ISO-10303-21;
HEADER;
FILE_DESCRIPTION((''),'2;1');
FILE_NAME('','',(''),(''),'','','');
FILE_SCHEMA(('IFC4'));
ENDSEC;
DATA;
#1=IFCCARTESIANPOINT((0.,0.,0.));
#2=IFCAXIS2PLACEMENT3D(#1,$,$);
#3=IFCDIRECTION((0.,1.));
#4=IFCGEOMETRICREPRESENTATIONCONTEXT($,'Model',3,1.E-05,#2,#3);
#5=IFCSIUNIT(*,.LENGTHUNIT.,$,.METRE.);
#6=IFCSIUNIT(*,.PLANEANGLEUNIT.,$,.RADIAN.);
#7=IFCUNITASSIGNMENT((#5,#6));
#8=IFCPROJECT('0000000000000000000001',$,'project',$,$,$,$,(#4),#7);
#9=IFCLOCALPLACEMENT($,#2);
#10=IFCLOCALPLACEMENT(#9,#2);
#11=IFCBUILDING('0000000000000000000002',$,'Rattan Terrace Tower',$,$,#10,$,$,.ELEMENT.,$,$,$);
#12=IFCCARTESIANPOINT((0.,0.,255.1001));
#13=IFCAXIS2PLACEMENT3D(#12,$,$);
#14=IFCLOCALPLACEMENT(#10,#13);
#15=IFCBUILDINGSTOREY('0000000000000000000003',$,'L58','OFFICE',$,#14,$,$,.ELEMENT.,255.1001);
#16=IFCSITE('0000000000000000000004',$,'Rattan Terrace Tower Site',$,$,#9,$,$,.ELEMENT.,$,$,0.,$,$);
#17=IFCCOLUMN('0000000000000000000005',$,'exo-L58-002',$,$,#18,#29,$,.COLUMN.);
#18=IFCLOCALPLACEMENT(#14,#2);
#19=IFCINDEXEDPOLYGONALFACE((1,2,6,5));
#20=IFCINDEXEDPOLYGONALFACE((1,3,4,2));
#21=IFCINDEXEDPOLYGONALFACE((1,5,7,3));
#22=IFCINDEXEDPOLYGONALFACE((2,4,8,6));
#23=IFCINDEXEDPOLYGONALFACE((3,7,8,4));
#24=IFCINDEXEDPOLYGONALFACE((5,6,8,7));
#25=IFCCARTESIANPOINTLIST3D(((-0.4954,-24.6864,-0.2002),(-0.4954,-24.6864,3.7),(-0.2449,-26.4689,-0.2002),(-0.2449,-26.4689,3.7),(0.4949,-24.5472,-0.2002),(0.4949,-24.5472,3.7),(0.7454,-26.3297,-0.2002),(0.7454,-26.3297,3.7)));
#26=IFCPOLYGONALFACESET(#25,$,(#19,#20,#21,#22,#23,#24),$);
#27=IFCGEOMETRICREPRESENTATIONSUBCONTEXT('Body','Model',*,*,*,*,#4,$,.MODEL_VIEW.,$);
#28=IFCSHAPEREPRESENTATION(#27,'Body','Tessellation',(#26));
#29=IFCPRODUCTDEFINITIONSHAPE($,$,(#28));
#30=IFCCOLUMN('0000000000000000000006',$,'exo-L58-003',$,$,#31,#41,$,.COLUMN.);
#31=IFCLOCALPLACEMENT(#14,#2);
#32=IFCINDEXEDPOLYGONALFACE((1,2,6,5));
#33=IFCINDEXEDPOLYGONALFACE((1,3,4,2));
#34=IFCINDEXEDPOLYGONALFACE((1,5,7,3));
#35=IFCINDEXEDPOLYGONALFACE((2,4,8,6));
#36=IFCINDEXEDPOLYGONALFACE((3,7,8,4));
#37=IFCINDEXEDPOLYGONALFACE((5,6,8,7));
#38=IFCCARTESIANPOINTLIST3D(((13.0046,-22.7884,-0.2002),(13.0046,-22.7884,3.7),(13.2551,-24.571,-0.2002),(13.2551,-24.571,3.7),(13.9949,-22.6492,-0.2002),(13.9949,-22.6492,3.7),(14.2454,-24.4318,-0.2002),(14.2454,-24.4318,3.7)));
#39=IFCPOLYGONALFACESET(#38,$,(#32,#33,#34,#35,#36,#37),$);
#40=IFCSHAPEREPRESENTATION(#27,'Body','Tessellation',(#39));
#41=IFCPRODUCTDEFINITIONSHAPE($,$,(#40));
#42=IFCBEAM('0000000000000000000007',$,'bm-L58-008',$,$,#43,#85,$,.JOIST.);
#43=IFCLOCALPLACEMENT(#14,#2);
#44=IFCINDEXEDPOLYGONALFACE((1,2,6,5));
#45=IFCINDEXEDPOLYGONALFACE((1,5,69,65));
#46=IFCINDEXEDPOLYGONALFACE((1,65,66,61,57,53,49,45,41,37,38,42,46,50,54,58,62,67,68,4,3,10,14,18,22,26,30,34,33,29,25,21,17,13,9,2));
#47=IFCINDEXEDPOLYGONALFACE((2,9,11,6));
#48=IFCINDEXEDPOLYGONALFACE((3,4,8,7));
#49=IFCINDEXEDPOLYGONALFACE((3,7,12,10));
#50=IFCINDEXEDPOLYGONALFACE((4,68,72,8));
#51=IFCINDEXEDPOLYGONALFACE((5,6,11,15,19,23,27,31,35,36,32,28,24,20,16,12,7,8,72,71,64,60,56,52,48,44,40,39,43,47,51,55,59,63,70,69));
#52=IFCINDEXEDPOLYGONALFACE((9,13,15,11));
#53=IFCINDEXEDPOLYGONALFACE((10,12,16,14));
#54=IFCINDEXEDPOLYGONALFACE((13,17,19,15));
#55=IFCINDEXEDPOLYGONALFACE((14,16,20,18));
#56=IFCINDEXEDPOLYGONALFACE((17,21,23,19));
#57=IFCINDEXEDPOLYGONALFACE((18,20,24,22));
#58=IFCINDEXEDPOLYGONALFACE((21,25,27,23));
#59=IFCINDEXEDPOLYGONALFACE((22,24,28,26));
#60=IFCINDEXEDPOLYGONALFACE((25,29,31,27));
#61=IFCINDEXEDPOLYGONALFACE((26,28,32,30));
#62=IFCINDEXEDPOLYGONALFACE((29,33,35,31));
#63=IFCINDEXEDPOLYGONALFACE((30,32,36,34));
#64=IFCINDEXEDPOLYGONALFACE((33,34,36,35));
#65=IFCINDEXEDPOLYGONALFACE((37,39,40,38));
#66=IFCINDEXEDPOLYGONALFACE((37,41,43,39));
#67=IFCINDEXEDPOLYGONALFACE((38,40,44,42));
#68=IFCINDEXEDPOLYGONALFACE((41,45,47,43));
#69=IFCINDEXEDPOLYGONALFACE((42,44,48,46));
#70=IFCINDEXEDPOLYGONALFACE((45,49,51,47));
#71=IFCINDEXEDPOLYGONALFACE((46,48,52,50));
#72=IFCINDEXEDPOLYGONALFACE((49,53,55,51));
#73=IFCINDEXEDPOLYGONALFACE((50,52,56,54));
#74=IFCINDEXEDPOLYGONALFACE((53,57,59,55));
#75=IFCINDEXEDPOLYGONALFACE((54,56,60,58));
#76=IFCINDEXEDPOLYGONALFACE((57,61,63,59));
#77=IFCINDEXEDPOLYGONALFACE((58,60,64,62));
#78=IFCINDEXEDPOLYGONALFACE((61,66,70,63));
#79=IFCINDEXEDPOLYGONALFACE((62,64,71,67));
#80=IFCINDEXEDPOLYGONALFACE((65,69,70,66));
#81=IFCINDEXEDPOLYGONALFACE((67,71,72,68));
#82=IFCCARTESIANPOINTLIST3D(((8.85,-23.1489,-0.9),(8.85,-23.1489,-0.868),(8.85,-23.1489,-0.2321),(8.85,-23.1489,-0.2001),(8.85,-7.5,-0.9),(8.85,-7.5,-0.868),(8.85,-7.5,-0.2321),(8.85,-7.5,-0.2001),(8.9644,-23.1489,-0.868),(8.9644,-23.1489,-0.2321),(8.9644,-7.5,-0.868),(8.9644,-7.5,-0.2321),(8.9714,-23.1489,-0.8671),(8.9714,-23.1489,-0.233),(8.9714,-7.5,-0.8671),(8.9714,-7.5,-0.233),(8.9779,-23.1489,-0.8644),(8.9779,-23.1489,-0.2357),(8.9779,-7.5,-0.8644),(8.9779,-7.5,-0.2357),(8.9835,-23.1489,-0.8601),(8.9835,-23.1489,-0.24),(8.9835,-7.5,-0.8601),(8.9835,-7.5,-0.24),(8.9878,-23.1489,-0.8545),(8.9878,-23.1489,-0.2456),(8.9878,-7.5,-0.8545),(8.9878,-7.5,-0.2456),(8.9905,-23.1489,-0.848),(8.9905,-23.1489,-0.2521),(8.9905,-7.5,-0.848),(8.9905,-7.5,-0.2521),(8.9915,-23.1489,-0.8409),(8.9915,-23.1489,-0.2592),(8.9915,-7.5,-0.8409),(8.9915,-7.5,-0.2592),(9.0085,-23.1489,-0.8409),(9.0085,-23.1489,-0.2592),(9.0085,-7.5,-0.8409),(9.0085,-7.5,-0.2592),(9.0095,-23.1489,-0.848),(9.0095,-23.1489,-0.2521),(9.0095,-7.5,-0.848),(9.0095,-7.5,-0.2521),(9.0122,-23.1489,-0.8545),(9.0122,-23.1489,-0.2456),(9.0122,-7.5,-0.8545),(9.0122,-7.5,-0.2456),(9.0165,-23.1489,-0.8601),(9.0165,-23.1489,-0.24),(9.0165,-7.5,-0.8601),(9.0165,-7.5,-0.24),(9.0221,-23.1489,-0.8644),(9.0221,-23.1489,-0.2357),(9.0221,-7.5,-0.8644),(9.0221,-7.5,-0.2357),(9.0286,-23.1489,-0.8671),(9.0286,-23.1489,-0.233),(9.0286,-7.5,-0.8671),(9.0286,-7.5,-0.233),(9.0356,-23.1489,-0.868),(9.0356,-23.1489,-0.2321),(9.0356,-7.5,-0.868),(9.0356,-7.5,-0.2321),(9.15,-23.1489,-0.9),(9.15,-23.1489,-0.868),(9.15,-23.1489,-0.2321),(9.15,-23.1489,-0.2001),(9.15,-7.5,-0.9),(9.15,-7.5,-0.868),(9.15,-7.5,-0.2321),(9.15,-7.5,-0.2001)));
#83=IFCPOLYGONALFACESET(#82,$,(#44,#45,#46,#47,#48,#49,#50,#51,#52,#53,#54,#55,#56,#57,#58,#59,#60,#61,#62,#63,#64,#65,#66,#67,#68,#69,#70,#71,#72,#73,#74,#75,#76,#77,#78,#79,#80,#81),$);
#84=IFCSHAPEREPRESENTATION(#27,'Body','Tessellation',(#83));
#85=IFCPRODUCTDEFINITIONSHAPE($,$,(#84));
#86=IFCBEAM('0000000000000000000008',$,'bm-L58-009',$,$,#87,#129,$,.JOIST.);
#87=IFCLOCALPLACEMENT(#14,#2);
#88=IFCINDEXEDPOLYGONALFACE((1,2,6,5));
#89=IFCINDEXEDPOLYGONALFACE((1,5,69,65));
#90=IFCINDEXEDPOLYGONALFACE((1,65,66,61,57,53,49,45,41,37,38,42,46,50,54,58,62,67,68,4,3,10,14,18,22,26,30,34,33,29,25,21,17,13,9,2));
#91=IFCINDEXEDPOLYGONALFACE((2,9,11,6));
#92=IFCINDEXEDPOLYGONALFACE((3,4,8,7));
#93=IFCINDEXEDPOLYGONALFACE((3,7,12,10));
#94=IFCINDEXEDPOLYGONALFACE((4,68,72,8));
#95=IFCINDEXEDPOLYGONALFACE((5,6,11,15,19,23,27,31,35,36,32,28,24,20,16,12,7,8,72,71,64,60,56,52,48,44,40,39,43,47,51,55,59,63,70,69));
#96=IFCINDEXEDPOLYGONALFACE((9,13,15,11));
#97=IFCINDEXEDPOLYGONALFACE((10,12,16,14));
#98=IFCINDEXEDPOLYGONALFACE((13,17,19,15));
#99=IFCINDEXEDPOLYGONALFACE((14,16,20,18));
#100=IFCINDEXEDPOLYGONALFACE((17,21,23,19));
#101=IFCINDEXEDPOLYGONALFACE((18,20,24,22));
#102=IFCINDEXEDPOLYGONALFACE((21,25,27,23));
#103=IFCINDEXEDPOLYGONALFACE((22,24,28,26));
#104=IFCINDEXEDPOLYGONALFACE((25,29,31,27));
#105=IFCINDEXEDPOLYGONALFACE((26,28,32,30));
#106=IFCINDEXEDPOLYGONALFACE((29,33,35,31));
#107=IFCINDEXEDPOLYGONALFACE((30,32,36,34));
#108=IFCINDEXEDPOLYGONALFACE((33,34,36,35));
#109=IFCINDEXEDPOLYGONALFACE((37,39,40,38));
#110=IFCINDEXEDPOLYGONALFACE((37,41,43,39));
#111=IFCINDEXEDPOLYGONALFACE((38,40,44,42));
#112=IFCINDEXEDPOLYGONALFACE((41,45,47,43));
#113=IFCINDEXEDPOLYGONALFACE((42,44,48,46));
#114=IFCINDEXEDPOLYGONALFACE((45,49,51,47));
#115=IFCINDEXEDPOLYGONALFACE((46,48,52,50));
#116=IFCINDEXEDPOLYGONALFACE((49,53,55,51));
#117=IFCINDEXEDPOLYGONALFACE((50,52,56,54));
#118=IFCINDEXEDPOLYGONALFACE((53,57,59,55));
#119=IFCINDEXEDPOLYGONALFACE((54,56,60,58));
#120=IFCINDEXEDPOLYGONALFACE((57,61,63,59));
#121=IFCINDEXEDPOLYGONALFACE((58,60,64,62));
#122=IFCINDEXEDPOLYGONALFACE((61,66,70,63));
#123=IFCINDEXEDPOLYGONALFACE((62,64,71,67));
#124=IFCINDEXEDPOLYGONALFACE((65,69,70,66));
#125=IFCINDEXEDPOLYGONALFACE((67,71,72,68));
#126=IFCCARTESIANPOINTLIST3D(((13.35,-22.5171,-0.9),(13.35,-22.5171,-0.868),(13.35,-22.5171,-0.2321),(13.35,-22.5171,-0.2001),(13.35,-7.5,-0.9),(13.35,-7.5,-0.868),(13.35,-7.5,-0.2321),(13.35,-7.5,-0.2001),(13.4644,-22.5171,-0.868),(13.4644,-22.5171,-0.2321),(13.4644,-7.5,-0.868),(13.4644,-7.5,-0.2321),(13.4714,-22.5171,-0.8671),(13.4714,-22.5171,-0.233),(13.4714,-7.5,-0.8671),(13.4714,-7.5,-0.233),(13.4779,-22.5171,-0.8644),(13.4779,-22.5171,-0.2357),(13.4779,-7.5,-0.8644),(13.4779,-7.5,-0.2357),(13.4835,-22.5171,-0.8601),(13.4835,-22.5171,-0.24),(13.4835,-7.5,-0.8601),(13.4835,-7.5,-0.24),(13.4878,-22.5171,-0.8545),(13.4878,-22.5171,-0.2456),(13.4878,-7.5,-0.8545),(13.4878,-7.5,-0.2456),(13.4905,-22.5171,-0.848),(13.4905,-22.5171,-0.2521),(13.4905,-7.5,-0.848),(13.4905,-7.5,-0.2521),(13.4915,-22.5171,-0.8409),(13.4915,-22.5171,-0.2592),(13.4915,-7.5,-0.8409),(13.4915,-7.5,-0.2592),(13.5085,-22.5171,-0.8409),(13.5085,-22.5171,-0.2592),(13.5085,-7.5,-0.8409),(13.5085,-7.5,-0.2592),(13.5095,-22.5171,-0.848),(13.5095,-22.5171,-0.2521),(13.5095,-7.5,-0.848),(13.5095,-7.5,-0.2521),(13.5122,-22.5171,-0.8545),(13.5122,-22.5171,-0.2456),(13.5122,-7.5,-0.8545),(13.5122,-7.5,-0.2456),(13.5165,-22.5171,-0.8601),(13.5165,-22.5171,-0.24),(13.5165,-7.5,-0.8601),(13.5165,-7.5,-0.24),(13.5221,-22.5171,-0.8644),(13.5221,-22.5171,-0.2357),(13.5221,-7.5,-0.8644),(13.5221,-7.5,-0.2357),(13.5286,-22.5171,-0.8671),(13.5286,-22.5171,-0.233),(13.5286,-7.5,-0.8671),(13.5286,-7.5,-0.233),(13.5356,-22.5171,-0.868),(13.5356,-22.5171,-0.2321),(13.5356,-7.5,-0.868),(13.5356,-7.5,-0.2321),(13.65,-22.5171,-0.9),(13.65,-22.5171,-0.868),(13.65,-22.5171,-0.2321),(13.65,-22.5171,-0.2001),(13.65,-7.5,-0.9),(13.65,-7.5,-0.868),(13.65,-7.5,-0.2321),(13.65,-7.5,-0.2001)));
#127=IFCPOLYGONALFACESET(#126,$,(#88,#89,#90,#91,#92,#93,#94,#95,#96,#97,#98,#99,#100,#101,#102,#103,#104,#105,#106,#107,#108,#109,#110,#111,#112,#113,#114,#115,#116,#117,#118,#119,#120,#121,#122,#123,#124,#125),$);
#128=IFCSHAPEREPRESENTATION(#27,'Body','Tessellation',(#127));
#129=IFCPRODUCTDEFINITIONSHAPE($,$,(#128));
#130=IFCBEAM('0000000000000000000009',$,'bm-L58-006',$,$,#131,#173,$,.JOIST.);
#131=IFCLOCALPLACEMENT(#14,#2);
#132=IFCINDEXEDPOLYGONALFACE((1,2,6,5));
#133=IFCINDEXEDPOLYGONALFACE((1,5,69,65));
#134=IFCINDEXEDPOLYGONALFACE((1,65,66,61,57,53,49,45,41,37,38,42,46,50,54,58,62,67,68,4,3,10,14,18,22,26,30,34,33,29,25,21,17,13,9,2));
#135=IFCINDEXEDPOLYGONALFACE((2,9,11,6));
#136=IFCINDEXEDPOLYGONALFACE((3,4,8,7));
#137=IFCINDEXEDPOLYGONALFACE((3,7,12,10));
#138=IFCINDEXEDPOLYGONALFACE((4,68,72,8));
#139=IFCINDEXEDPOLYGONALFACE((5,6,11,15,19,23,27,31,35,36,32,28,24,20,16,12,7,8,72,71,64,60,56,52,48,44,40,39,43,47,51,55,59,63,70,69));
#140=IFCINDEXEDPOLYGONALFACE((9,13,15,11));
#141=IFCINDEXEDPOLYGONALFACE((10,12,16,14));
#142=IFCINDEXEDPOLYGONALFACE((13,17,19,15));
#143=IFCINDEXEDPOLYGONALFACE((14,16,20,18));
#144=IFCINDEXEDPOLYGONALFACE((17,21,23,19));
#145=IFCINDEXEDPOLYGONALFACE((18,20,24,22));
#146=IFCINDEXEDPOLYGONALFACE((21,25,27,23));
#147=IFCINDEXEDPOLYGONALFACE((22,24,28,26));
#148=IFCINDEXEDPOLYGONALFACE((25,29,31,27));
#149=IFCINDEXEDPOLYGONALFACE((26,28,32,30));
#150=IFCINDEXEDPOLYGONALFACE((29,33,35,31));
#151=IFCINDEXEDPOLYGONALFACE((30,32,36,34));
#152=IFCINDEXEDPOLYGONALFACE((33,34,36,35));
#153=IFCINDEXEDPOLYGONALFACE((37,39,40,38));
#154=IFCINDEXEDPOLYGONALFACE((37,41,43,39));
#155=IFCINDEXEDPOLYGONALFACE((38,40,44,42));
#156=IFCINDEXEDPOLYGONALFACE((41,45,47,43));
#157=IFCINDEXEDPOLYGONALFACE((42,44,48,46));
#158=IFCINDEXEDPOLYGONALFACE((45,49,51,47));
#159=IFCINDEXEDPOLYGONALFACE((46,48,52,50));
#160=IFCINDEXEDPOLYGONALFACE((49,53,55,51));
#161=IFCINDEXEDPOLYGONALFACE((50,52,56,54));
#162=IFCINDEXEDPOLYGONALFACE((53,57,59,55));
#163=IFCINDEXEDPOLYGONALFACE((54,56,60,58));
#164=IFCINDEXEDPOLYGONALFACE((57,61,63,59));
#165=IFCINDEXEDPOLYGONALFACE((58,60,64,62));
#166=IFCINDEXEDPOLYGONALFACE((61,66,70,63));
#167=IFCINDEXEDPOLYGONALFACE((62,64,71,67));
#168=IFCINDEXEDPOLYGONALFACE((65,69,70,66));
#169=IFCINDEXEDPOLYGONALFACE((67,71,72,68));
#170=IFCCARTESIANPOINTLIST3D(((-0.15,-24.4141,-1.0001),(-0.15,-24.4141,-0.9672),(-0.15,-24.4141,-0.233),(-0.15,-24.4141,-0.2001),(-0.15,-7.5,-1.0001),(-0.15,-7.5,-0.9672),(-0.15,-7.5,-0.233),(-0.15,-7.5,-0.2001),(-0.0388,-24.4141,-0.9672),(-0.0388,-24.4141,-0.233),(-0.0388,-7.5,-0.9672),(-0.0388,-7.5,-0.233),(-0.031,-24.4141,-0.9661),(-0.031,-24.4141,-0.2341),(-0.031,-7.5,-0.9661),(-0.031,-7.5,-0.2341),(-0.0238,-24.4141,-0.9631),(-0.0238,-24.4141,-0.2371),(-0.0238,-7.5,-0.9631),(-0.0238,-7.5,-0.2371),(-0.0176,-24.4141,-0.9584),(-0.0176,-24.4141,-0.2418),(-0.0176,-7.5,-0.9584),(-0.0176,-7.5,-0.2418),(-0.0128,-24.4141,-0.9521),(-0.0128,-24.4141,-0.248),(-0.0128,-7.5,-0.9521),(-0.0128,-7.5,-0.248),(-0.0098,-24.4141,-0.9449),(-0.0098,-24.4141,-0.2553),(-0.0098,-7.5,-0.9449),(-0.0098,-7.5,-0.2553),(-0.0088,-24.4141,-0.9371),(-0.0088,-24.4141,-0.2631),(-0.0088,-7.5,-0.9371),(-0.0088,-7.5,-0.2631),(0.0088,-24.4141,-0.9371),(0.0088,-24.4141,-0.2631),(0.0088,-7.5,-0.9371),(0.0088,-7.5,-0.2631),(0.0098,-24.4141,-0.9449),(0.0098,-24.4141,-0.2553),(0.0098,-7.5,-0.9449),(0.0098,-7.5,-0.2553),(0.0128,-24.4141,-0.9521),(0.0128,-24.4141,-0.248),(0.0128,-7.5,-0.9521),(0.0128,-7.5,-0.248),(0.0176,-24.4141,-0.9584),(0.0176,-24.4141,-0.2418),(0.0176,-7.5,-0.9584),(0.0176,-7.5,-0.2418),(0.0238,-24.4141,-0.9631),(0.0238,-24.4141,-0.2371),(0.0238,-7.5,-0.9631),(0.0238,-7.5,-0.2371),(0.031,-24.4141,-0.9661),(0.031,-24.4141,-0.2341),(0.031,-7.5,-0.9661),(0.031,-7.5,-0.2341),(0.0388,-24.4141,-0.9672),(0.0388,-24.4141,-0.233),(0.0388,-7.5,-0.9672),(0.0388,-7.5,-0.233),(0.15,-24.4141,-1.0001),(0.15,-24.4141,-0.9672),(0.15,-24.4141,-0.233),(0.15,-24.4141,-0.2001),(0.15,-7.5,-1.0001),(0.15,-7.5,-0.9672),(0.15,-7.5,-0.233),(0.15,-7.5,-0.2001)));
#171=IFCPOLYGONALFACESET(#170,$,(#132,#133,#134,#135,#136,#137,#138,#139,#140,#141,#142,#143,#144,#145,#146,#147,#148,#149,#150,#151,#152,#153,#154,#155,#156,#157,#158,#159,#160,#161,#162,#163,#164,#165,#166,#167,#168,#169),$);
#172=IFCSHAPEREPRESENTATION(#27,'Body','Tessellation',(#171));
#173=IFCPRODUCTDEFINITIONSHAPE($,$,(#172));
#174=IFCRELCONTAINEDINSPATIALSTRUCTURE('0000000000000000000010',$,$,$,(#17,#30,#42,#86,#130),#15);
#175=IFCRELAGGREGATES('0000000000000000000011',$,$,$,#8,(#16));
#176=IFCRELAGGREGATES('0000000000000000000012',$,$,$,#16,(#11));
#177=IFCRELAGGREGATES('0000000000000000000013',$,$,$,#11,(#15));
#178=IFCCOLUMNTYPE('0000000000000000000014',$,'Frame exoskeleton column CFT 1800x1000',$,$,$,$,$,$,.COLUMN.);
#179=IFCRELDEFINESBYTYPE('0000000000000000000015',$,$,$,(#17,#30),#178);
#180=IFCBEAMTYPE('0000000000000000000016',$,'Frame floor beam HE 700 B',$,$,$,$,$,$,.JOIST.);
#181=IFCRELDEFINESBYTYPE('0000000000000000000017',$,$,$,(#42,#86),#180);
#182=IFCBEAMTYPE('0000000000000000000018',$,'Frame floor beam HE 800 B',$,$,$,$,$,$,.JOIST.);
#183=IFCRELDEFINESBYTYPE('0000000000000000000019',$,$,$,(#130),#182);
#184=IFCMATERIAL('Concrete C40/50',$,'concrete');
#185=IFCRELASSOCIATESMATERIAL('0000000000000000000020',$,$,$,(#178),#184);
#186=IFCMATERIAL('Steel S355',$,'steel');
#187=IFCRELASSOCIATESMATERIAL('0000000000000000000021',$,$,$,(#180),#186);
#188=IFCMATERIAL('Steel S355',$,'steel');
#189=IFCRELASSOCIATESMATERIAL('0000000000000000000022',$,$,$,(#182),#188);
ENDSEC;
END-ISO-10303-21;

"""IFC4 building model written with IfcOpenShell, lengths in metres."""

from ifc_helpers import new_model, si_unit, direction, frame, origin, origin_2d, place, context, subcontext, project, spatial, rectangle, i_section, extrude, material, material_profile, profile_set, type_object, element, save


model = new_model("IFC4")

# Units and contexts
model_context = context("Model", 3, precision=1e-05, world=origin(), true_north=direction((0.0, 1.0)))
body_context = subcontext(model_context, "Body", "Model", "MODEL_VIEW")
ifc_project = project(units=[si_unit("LENGTHUNIT", "METRE"), si_unit("PLANEANGLEUNIT", "RADIAN")], contexts=[model_context])

# Site, building, storey
site_placement = place(None, origin())
site = spatial("IfcSite", under=ifc_project, at=site_placement, Name="Rattan Terrace Tower Site", CompositionType="ELEMENT", RefElevation=0.0)
building_placement = place(site_placement, origin())
building = spatial("IfcBuilding", under=site, at=building_placement, Name="Rattan Terrace Tower", CompositionType="ELEMENT")
storey_placement = place(building_placement, frame((0.0, 0.0, 255.1001)))
storey = spatial("IfcBuildingStorey", under=building, at=storey_placement, Name="L58", Description="OFFICE", CompositionType="ELEMENT", Elevation=255.1001)

# Columns
ifc_material_1 = material(Name="Concrete C40/50", Category="concrete")
ifc_material_profile_1 = material_profile(ifc_material_1, rectangle(XDim=1.0, YDim=1.8, at=origin_2d()), Name="CFT 1800x1000")
ifc_profile_set_1 = profile_set([ifc_material_profile_1], Name="Concrete C40/50")
column_type = type_object("IfcColumnType", Name="Frame exoskeleton column CFT 1800x1000", PredefinedType="COLUMN", material=ifc_profile_set_1)
for number, where, z_axis, x_axis, name in (
    (1, (0.125, -25.5081, -0.2002), (0.0, 0.0, 1.0), (0.990266, 0.13919, 0.0), "exo-L58-002"),
    (2, (13.625, -23.6101, -0.2002), (0.0, 0.0, 1.0), (0.990266, 0.13919, 0.0), "exo-L58-003"),
):
    element("IfcColumn", number, at=place(storey_placement, frame(where, z_axis=z_axis, x_axis=x_axis)), inside=storey, type_object=column_type, Name=name, PredefinedType="COLUMN", context=body_context, shape_type="SweptSolid", body=[
        extrude(rectangle(XDim=1.0, YDim=1.8, at=origin_2d()), origin(), (0.0, 0.0, 1.0), 3.9001),
    ])

# Beams
ifc_material_2 = material(Name="Steel S355", Category="steel")
ifc_material_profile_2 = material_profile(ifc_material_2, i_section(OverallWidth=0.3, OverallDepth=0.7, WebThickness=0.0171, FlangeThickness=0.032, FilletRadius=0.0271, at=origin_2d()), Name="HE 700 B")
ifc_profile_set_2 = profile_set([ifc_material_profile_2], Name="Steel S355")
beam_type_1 = type_object("IfcBeamType", Name="Frame floor beam HE 700 B", PredefinedType="JOIST", material=ifc_profile_set_2)
beam_1_placement = place(storey_placement, frame((9.0, -23.1489, -0.55), z_axis=(0.0, 1.0, 0.0), x_axis=(-1.0, 0.0, 0.0)))
element("IfcBeam", 3, at=beam_1_placement, inside=storey, type_object=beam_type_1, Name="bm-L58-008", PredefinedType="JOIST", context=body_context, shape_type="SweptSolid", body=[
    extrude(i_section(OverallWidth=0.3, OverallDepth=0.7, WebThickness=0.0171, FlangeThickness=0.032, FilletRadius=0.0271, at=origin_2d()), origin(), (0.0, 0.0, 1.0), 15.6489),
])
beam_2_placement = place(storey_placement, frame((13.5, -22.5171, -0.55), z_axis=(0.0, 1.0, 0.0), x_axis=(-1.0, 0.0, 0.0)))
element("IfcBeam", 4, at=beam_2_placement, inside=storey, type_object=beam_type_1, Name="bm-L58-009", PredefinedType="JOIST", context=body_context, shape_type="SweptSolid", body=[
    extrude(i_section(OverallWidth=0.3, OverallDepth=0.7, WebThickness=0.0171, FlangeThickness=0.032, FilletRadius=0.0271, at=origin_2d()), origin(), (0.0, 0.0, 1.0), 15.0171),
])
ifc_material_3 = material(Name="Steel S355", Category="steel")
ifc_material_profile_3 = material_profile(ifc_material_3, i_section(OverallWidth=0.3, OverallDepth=0.8, WebThickness=0.0176, FlangeThickness=0.033, FilletRadius=0.03, at=origin_2d()), Name="HE 800 B")
ifc_profile_set_3 = profile_set([ifc_material_profile_3], Name="Steel S355")
beam_type_2 = type_object("IfcBeamType", Name="Frame floor beam HE 800 B", PredefinedType="JOIST", material=ifc_profile_set_3)
beam_3_placement = place(storey_placement, frame((0.0, -24.4141, -0.6001), z_axis=(0.0, 1.0, 0.0), x_axis=(-1.0, 0.0, 0.0)))
element("IfcBeam", 5, at=beam_3_placement, inside=storey, type_object=beam_type_2, Name="bm-L58-006", PredefinedType="JOIST", context=body_context, shape_type="SweptSolid", body=[
    extrude(i_section(OverallWidth=0.3, OverallDepth=0.8, WebThickness=0.0176, FlangeThickness=0.033, FilletRadius=0.03, at=origin_2d()), origin(), (0.0, 0.0, 1.0), 16.9141),
])

save(model, "model.ifc")
